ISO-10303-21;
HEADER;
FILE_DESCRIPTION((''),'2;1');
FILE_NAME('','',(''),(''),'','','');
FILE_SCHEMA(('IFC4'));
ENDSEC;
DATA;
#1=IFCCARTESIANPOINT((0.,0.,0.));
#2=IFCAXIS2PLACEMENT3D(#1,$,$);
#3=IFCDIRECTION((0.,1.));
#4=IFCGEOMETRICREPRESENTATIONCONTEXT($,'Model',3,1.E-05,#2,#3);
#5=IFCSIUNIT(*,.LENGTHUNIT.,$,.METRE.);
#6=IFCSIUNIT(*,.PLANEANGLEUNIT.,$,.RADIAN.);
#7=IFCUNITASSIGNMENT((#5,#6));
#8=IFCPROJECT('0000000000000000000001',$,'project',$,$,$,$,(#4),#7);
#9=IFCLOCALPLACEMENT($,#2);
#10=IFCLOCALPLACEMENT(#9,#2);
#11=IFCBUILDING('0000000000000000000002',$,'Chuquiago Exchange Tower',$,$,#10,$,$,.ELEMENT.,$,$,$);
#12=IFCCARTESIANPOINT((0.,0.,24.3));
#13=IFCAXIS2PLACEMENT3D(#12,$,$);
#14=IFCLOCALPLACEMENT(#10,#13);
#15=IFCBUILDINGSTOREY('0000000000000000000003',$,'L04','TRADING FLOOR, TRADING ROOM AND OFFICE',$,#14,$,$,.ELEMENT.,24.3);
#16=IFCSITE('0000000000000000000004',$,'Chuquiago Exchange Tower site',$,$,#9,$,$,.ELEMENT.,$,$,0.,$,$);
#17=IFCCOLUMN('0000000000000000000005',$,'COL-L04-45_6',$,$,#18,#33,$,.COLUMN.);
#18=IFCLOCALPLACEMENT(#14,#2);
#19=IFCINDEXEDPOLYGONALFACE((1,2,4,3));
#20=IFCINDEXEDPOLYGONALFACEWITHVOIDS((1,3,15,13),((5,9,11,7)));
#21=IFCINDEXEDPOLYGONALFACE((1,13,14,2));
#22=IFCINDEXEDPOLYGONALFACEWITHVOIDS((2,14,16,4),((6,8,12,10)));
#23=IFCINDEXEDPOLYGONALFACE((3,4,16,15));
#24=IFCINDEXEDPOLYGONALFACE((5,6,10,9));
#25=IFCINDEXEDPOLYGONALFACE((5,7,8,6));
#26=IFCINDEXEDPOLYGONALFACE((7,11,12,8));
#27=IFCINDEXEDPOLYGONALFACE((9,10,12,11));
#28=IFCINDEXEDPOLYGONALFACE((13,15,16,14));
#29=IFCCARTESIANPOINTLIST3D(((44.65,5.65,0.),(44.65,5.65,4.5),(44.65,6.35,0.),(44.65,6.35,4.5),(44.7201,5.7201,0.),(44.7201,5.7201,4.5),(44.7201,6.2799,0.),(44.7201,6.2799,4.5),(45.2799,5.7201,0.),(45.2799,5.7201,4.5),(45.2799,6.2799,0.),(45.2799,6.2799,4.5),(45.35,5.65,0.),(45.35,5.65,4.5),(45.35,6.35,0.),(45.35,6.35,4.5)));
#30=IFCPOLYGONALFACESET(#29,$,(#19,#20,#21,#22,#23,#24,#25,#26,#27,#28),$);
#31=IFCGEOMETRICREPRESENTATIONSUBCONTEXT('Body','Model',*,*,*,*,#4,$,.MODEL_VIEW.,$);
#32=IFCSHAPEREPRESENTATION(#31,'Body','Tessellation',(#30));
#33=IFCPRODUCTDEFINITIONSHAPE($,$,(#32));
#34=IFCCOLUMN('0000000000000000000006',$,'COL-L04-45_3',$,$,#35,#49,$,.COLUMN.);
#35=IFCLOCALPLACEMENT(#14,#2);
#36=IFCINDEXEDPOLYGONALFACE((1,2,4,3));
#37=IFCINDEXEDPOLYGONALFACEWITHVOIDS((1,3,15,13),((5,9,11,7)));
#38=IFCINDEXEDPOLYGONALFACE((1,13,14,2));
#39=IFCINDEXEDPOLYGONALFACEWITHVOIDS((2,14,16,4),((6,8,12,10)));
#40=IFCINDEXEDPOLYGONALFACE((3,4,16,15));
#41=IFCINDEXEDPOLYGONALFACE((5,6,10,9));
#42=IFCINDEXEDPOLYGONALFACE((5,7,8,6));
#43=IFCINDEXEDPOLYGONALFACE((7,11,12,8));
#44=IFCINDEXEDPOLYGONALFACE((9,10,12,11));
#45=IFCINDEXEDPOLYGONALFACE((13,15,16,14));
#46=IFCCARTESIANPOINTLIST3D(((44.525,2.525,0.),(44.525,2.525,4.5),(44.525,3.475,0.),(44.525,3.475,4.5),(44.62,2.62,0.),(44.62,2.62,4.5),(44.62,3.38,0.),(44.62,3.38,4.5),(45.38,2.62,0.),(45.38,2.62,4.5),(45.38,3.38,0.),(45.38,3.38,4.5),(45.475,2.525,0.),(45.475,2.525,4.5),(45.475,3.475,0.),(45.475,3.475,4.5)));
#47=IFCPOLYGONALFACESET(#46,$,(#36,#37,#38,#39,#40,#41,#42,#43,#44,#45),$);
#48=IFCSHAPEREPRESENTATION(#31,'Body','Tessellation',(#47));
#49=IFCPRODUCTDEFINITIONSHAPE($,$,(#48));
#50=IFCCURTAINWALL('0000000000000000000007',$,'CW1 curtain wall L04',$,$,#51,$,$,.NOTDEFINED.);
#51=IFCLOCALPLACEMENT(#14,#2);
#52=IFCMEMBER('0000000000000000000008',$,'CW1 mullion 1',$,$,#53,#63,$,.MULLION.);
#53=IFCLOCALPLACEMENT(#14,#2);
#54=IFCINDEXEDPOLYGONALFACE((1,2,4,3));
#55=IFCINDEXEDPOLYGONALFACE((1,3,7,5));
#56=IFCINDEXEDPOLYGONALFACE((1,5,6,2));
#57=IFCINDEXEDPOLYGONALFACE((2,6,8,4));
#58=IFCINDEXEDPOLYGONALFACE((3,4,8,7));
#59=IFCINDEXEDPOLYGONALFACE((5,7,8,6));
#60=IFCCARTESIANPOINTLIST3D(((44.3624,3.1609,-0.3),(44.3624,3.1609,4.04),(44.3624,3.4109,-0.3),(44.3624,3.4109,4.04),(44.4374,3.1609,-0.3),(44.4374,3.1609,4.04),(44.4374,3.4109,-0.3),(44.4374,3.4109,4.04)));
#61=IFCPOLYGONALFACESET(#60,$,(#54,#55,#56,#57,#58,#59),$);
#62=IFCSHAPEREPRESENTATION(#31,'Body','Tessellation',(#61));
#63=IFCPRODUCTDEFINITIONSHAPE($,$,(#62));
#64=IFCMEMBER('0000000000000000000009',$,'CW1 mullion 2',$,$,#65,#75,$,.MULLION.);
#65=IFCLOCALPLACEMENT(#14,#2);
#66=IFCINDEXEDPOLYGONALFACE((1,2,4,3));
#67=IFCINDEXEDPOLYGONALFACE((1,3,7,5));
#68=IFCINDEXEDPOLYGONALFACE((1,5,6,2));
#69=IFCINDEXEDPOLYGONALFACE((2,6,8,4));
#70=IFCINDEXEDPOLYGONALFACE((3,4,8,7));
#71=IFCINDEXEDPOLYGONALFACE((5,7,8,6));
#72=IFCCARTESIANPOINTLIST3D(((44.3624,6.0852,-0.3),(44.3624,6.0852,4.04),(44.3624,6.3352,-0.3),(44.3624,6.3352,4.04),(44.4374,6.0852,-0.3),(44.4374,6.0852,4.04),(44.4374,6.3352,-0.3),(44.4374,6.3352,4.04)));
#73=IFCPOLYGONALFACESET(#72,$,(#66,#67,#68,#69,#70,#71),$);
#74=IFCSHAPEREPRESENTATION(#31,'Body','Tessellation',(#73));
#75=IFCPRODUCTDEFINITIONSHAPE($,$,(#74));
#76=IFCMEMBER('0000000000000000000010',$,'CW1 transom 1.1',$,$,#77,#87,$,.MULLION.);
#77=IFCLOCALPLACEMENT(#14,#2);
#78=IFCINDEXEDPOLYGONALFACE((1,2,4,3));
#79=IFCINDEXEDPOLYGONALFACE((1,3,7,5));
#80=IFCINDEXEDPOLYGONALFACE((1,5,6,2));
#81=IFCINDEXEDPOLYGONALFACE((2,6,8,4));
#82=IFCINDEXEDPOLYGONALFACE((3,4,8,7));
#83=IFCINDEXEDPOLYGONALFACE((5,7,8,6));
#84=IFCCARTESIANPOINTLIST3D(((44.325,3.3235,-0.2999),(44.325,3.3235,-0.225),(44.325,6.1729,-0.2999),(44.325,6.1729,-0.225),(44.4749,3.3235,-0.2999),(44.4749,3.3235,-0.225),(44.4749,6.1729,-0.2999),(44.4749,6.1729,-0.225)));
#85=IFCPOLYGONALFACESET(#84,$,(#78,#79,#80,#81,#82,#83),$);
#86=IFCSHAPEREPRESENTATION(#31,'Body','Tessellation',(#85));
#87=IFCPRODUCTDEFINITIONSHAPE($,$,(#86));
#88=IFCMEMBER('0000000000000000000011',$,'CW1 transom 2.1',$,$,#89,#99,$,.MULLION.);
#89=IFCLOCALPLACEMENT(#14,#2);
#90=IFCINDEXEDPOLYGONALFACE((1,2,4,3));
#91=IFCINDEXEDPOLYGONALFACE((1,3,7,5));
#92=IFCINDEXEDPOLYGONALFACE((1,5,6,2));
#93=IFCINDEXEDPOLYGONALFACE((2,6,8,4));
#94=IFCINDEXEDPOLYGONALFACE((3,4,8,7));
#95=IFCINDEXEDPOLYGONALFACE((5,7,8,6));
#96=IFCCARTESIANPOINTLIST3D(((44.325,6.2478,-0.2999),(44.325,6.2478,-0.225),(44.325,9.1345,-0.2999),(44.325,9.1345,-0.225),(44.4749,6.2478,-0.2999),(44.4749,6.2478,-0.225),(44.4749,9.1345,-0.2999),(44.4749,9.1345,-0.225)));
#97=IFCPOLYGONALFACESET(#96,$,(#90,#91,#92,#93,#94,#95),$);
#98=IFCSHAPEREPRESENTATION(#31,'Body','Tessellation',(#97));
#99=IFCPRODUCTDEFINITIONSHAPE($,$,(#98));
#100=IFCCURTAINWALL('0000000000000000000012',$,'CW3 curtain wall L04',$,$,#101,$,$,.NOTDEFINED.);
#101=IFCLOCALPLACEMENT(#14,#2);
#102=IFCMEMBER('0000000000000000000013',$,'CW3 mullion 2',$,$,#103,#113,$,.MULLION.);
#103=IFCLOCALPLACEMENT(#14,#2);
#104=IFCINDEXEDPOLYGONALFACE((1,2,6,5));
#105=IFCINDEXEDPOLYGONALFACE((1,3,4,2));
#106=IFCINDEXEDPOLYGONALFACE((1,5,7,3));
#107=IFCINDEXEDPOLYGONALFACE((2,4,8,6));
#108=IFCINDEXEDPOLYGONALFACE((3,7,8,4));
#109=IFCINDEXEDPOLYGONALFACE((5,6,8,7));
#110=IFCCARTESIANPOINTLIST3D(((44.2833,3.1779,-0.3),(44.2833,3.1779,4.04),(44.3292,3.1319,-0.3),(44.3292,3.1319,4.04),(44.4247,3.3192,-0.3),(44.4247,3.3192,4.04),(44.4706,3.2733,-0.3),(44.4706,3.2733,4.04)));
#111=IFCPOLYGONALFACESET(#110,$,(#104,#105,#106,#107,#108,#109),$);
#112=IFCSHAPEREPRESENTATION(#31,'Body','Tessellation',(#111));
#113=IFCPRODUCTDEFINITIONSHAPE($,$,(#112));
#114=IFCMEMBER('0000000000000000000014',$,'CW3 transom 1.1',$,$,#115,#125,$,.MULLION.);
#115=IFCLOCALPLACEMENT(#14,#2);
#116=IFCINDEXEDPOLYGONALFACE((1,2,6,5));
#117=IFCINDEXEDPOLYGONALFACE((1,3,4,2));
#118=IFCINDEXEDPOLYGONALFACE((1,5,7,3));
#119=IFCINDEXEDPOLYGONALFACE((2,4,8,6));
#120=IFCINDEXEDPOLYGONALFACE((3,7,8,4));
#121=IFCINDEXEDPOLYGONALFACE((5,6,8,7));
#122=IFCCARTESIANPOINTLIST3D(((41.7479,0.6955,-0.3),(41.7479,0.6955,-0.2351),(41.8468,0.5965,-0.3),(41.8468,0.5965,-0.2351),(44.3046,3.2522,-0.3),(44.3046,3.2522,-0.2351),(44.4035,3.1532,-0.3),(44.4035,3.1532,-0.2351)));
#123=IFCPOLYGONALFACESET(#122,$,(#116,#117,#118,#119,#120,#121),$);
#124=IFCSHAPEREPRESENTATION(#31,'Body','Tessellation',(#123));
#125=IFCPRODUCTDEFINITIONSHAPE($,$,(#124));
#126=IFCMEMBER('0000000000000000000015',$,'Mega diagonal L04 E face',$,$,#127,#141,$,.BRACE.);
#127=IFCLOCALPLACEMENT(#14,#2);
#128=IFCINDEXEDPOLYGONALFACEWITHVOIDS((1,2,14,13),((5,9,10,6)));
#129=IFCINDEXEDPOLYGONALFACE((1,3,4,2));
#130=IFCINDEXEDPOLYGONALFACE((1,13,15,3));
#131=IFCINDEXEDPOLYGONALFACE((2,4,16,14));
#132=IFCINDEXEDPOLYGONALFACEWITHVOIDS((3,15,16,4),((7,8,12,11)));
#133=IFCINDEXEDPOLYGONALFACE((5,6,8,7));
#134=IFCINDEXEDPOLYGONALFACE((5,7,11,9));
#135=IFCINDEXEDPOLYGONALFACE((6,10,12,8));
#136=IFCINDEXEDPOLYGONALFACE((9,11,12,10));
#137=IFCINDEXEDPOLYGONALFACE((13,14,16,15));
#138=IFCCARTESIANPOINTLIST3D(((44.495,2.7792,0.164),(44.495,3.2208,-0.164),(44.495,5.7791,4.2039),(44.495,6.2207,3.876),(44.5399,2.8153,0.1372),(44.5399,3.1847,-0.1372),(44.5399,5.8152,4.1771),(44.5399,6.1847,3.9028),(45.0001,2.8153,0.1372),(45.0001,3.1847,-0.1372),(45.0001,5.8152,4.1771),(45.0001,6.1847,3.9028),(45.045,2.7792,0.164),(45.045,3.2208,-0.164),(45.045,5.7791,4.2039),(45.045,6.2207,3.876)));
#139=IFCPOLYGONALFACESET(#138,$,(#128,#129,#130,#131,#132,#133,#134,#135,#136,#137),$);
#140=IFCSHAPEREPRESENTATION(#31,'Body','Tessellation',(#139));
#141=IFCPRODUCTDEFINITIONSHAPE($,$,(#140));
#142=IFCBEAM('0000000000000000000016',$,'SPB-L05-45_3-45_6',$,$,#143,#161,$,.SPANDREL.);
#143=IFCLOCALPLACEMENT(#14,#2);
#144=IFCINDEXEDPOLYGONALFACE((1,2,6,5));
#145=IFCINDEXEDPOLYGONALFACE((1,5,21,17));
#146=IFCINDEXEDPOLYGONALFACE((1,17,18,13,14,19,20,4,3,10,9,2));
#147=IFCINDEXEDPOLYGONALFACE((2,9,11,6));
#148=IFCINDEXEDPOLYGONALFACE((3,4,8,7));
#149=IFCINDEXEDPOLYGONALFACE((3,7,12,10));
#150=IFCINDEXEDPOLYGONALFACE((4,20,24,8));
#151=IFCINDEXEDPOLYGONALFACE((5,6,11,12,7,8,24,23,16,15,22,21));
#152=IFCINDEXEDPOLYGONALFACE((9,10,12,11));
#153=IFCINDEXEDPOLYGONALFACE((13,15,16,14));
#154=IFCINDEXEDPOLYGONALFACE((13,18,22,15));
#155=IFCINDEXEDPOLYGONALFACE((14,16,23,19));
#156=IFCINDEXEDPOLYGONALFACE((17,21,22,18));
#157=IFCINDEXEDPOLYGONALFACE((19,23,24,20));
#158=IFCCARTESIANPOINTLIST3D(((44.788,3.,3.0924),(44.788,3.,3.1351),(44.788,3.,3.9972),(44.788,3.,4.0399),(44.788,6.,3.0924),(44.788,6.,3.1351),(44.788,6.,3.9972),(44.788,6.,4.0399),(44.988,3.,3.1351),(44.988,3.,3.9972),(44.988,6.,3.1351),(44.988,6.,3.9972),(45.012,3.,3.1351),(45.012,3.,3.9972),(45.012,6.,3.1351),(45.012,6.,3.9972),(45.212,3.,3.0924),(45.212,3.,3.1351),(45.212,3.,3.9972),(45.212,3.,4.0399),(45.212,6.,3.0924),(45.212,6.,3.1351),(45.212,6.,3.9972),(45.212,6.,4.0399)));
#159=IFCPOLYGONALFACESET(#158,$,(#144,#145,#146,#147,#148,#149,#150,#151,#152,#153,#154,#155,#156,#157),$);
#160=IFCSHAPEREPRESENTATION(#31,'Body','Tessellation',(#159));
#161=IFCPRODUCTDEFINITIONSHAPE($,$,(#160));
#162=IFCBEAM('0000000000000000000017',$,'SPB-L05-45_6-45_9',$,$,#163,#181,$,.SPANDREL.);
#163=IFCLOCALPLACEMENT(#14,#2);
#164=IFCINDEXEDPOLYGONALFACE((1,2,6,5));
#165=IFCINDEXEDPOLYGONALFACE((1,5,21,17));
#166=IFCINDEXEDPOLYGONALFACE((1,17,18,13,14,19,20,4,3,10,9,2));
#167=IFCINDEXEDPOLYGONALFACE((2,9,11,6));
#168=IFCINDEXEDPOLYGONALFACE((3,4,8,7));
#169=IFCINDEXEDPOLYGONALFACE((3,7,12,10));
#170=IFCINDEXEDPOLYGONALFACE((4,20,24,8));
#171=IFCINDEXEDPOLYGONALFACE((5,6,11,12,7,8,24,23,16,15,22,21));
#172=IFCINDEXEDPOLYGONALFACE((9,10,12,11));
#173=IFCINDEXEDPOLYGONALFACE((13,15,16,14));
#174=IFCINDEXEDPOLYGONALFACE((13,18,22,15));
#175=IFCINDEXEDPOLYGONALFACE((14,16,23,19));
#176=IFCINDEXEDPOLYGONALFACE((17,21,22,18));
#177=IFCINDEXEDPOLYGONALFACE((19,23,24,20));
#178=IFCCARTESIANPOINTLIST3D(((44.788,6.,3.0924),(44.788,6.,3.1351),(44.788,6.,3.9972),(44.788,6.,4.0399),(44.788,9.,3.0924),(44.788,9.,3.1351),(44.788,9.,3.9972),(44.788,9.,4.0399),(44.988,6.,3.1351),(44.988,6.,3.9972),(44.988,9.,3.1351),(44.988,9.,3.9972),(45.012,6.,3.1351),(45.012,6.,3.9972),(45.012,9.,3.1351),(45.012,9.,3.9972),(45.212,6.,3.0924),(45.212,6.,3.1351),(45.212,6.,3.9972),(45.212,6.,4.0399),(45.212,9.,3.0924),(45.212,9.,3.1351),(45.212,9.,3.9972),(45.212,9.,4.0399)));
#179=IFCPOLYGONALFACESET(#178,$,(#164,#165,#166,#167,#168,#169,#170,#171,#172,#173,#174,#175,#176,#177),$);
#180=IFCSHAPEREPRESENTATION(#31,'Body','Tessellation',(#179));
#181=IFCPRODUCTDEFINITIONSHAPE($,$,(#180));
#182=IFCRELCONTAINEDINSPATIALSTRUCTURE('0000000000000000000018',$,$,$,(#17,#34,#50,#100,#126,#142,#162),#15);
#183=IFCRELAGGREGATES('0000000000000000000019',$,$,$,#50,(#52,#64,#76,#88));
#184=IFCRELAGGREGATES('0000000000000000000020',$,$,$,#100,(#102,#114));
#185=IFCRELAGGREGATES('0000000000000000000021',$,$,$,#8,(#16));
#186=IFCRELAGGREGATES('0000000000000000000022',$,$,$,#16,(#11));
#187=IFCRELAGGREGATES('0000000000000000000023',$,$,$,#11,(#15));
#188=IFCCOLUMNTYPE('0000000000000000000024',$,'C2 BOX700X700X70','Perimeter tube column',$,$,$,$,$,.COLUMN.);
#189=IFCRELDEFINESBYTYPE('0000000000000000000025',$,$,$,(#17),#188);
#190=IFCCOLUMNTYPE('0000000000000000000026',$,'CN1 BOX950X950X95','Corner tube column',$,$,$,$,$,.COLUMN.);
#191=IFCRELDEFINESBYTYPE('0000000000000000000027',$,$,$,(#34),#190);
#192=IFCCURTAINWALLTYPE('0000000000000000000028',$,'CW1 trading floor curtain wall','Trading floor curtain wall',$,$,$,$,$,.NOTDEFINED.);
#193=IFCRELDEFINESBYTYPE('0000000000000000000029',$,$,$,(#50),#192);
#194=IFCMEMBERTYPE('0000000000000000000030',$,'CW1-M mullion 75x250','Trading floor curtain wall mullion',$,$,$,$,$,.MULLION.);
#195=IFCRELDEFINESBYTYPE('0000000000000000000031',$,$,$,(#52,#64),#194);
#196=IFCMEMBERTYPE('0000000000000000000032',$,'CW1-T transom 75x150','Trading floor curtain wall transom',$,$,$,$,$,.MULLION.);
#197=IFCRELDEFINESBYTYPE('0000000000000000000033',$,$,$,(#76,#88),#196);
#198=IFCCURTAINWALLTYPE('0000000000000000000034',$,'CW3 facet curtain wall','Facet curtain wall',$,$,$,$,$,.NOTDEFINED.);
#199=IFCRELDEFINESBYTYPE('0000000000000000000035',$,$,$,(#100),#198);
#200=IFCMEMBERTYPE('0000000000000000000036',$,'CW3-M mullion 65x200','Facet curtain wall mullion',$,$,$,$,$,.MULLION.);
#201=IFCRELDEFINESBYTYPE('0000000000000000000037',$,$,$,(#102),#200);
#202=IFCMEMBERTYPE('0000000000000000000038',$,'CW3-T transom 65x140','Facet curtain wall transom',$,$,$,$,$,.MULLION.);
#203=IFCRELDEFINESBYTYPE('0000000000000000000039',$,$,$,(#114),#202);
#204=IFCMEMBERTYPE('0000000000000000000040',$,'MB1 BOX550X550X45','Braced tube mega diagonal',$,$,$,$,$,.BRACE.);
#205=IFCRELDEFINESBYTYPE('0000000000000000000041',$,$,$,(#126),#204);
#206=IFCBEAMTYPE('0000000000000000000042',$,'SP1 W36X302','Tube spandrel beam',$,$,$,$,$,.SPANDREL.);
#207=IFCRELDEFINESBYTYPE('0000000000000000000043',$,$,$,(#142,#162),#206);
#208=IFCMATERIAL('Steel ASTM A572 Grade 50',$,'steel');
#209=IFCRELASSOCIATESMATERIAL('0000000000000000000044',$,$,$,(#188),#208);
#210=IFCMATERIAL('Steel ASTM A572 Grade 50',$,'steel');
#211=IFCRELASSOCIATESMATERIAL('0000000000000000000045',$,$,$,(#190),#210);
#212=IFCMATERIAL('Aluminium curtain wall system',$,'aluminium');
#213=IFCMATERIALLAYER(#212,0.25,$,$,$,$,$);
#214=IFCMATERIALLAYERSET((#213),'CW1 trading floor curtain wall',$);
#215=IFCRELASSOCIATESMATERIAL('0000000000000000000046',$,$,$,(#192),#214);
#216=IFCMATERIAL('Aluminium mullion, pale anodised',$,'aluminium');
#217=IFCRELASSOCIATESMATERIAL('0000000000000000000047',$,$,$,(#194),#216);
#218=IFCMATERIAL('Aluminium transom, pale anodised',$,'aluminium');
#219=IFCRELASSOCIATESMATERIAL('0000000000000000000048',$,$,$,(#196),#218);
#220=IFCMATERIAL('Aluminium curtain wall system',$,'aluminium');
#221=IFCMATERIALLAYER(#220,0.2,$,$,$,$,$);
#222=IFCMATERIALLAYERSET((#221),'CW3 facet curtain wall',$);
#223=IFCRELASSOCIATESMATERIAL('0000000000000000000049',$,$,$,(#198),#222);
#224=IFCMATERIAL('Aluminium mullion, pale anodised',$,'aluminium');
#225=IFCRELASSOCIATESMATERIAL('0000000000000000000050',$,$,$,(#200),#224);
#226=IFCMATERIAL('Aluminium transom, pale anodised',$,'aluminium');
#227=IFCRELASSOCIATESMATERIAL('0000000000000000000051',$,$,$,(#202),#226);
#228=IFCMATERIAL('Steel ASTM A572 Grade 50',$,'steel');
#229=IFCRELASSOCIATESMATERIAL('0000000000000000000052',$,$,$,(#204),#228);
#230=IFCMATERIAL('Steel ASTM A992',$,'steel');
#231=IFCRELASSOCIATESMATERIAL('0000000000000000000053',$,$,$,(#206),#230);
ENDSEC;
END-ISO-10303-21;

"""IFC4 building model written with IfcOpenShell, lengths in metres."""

from ifc_helpers import new_model, si_unit, direction, frame, origin, origin_2d, place, context, subcontext, project, spatial, rectangle, hollow_rectangle, i_section, extrude, material, layer, layer_set, material_profile, profile_set, type_object, element, aggregate, save


model = new_model("IFC4")

# Units and contexts
model_context = context("Model", 3, precision=1e-05, world=origin(), true_north=direction((0.0, 1.0)))
body_context = subcontext(model_context, "Body", "Model", "MODEL_VIEW")
ifc_project = project(units=[si_unit("LENGTHUNIT", "METRE"), si_unit("PLANEANGLEUNIT", "RADIAN")], contexts=[model_context])

# Site, building, storey
site_placement = place(None, origin())
site = spatial("IfcSite", under=ifc_project, at=site_placement, Name="Chuquiago Exchange Tower site", CompositionType="ELEMENT", RefElevation=0.0)
building_placement = place(site_placement, origin())
building = spatial("IfcBuilding", under=site, at=building_placement, Name="Chuquiago Exchange Tower", CompositionType="ELEMENT")
storey_placement = place(building_placement, frame((0.0, 0.0, 24.3)))
storey = spatial("IfcBuildingStorey", under=building, at=storey_placement, Name="L04", Description="TRADING FLOOR, TRADING ROOM AND OFFICE", CompositionType="ELEMENT", Elevation=24.3)

# Columns
ifc_material_1 = material(Name="Steel ASTM A572 Grade 50", Category="steel")
ifc_material_profile_1 = material_profile(ifc_material_1, hollow_rectangle(XDim=0.7, YDim=0.7, WallThickness=0.0701, at=origin_2d()), Name="BOX700X700X70")
ifc_profile_set_1 = profile_set([ifc_material_profile_1], Name="Steel ASTM A572 Grade 50")
column_type_1 = type_object("IfcColumnType", Name="C2 BOX700X700X70", Description="Perimeter tube column", PredefinedType="COLUMN", material=ifc_profile_set_1)
column_1_placement = place(storey_placement, frame((45.0, 6.0, 0.0), z_axis=(0.0, 0.0, 1.0), x_axis=(1.0, 0.0, 0.0)))
element("IfcColumn", 1, at=column_1_placement, inside=storey, type_object=column_type_1, Name="COL-L04-45_6", PredefinedType="COLUMN", context=body_context, shape_type="SweptSolid", body=[
    extrude(hollow_rectangle(XDim=0.7, YDim=0.7, WallThickness=0.0701, at=origin_2d()), origin(), (0.0, 0.0, 1.0), 4.5),
])
ifc_material_2 = material(Name="Steel ASTM A572 Grade 50", Category="steel")
ifc_material_profile_2 = material_profile(ifc_material_2, hollow_rectangle(XDim=0.95, YDim=0.95, WallThickness=0.095, at=origin_2d()), Name="BOX950X950X95")
ifc_profile_set_2 = profile_set([ifc_material_profile_2], Name="Steel ASTM A572 Grade 50")
column_type_2 = type_object("IfcColumnType", Name="CN1 BOX950X950X95", Description="Corner tube column", PredefinedType="COLUMN", material=ifc_profile_set_2)
column_2_placement = place(storey_placement, frame((45.0, 3.0, 0.0), z_axis=(0.0, 0.0, 1.0), x_axis=(1.0, 0.0, 0.0)))
element("IfcColumn", 2, at=column_2_placement, inside=storey, type_object=column_type_2, Name="COL-L04-45_3", PredefinedType="COLUMN", context=body_context, shape_type="SweptSolid", body=[
    extrude(hollow_rectangle(XDim=0.95, YDim=0.95, WallThickness=0.095, at=origin_2d()), origin(), (0.0, 0.0, 1.0), 4.5),
])

# Curtain walls, members
ifc_material_3 = material(Name="Aluminium curtain wall system", Category="aluminium")
ifc_layer_1 = layer(ifc_material_3, 0.25)
ifc_layer_set_1 = layer_set([ifc_layer_1], Name="CW1 trading floor curtain wall")
curtain_wall_type_1 = type_object("IfcCurtainWallType", Name="CW1 trading floor curtain wall", Description="Trading floor curtain wall", PredefinedType="NOTDEFINED", material=ifc_layer_set_1)
curtain_wall_1_placement = place(storey_placement, origin())
curtain_wall_1 = element("IfcCurtainWall", 3, at=curtain_wall_1_placement, inside=storey, type_object=curtain_wall_type_1, Name="CW1 curtain wall L04", PredefinedType="NOTDEFINED")
ifc_material_4 = material(Name="Aluminium mullion, pale anodised", Category="aluminium")
ifc_material_profile_3 = material_profile(ifc_material_4, rectangle(XDim=0.075, YDim=0.25, at=origin_2d()), Name="AL 75x250")
ifc_profile_set_3 = profile_set([ifc_material_profile_3], Name="Aluminium mullion, pale anodised")
member_type_1 = type_object("IfcMemberType", Name="CW1-M mullion 75x250", Description="Trading floor curtain wall mullion", PredefinedType="MULLION", material=ifc_profile_set_3)
member_1_placement = place(storey_placement, frame((44.3999, 3.2859, -0.3), z_axis=(0.0, 0.0, 1.0), x_axis=(-1.0, 0.0, 0.0)))
member_1 = element("IfcMember", 4, at=member_1_placement, type_object=member_type_1, Name="CW1 mullion 1", PredefinedType="MULLION", context=body_context, shape_type="SweptSolid", body=[
    extrude(rectangle(XDim=0.075, YDim=0.25, at=origin_2d()), origin(), (0.0, 0.0, 1.0), 4.3401),
])
member_2_placement = place(storey_placement, frame((44.3999, 6.2102, -0.3), z_axis=(0.0, 0.0, 1.0), x_axis=(-1.0, 0.0, 0.0)))
member_2 = element("IfcMember", 5, at=member_2_placement, type_object=member_type_1, Name="CW1 mullion 2", PredefinedType="MULLION", context=body_context, shape_type="SweptSolid", body=[
    extrude(rectangle(XDim=0.075, YDim=0.25, at=origin_2d()), origin(), (0.0, 0.0, 1.0), 4.3401),
])
ifc_material_5 = material(Name="Aluminium transom, pale anodised", Category="aluminium")
ifc_material_profile_4 = material_profile(ifc_material_5, rectangle(XDim=0.1499, YDim=0.075, at=origin_2d()), Name="AL 150x75")
ifc_profile_set_4 = profile_set([ifc_material_profile_4], Name="Aluminium transom, pale anodised")
member_type_2 = type_object("IfcMemberType", Name="CW1-T transom 75x150", Description="Trading floor curtain wall transom", PredefinedType="MULLION", material=ifc_profile_set_4)
member_3_placement = place(storey_placement, frame((44.3999, 3.3235, -0.2625), z_axis=(0.0, 1.0, 0.0), x_axis=(-1.0, 0.0, 0.0)))
member_3 = element("IfcMember", 6, at=member_3_placement, type_object=member_type_2, Name="CW1 transom 1.1", PredefinedType="MULLION", context=body_context, shape_type="SweptSolid", body=[
    extrude(rectangle(XDim=0.1499, YDim=0.075, at=origin_2d()), origin(), (0.0, 0.0, 1.0), 2.8494),
])
member_4_placement = place(storey_placement, frame((44.3999, 6.2478, -0.2625), z_axis=(0.0, 1.0, 0.0), x_axis=(-1.0, 0.0, 0.0)))
member_4 = element("IfcMember", 7, at=member_4_placement, type_object=member_type_2, Name="CW1 transom 2.1", PredefinedType="MULLION", context=body_context, shape_type="SweptSolid", body=[
    extrude(rectangle(XDim=0.1499, YDim=0.075, at=origin_2d()), origin(), (0.0, 0.0, 1.0), 2.8867),
])
ifc_material_6 = material(Name="Aluminium curtain wall system", Category="aluminium")
ifc_layer_2 = layer(ifc_material_6, 0.2)
ifc_layer_set_2 = layer_set([ifc_layer_2], Name="CW3 facet curtain wall")
curtain_wall_type_2 = type_object("IfcCurtainWallType", Name="CW3 facet curtain wall", Description="Facet curtain wall", PredefinedType="NOTDEFINED", material=ifc_layer_set_2)
curtain_wall_2_placement = place(storey_placement, origin())
curtain_wall_2 = element("IfcCurtainWall", 8, at=curtain_wall_2_placement, inside=storey, type_object=curtain_wall_type_2, Name="CW3 curtain wall L04", PredefinedType="NOTDEFINED")
ifc_material_7 = material(Name="Aluminium mullion, pale anodised", Category="aluminium")
ifc_material_profile_5 = material_profile(ifc_material_7, rectangle(XDim=0.0649, YDim=0.2, at=origin_2d()), Name="AL 65x200")
ifc_profile_set_5 = profile_set([ifc_material_profile_5], Name="Aluminium mullion, pale anodised")
member_type_3 = type_object("IfcMemberType", Name="CW3-M mullion 65x200", Description="Facet curtain wall mullion", PredefinedType="MULLION", material=ifc_profile_set_5)
member_5_placement = place(storey_placement, frame((44.377, 3.2256, -0.3), z_axis=(0.0, 0.0, 1.0), x_axis=(-0.707107, 0.707107, 0.0)))
member_5 = element("IfcMember", 9, at=member_5_placement, type_object=member_type_3, Name="CW3 mullion 2", PredefinedType="MULLION", context=body_context, shape_type="SweptSolid", body=[
    extrude(rectangle(XDim=0.0649, YDim=0.2, at=origin_2d()), origin(), (0.0, 0.0, 1.0), 4.3401),
])
ifc_material_8 = material(Name="Aluminium transom, pale anodised", Category="aluminium")
ifc_material_profile_6 = material_profile(ifc_material_8, rectangle(XDim=0.1399, YDim=0.0649, at=origin_2d()), Name="AL 140x65")
ifc_profile_set_6 = profile_set([ifc_material_profile_6], Name="Aluminium transom, pale anodised")
member_type_4 = type_object("IfcMemberType", Name="CW3-T transom 65x140", Description="Facet curtain wall transom", PredefinedType="MULLION", material=ifc_profile_set_6)
member_6_placement = place(storey_placement, frame((41.7974, 0.646, -0.2676), z_axis=(0.707107, 0.707107, 0.0), x_axis=(-0.707107, 0.707107, 0.0)))
member_6 = element("IfcMember", 10, at=member_6_placement, type_object=member_type_4, Name="CW3 transom 1.1", PredefinedType="MULLION", context=body_context, shape_type="SweptSolid", body=[
    extrude(rectangle(XDim=0.1399, YDim=0.0649, at=origin_2d()), origin(), (0.0, 0.0, 1.0), 3.6157),
])

# Member
ifc_material_9 = material(Name="Steel ASTM A572 Grade 50", Category="steel")
ifc_material_profile_7 = material_profile(ifc_material_9, hollow_rectangle(XDim=0.55, YDim=0.55, WallThickness=0.0449, at=origin_2d()), Name="BOX550X550X45")
ifc_profile_set_7 = profile_set([ifc_material_profile_7], Name="Steel ASTM A572 Grade 50")
member_type_5 = type_object("IfcMemberType", Name="MB1 BOX550X550X45", Description="Braced tube mega diagonal", PredefinedType="BRACE", material=ifc_profile_set_7)
member_7_placement = place(storey_placement, frame((44.77, 3.0, 0.0), z_axis=(0.0, 0.596174, 0.802855), x_axis=(-1.0, 0.0, 0.0)))
element("IfcMember", 11, at=member_7_placement, inside=storey, type_object=member_type_5, Name="Mega diagonal L04 E face", PredefinedType="BRACE", context=body_context, shape_type="SweptSolid", body=[
    extrude(hollow_rectangle(XDim=0.55, YDim=0.55, WallThickness=0.0449, at=origin_2d()), origin(), (0.0, 0.0, 1.0), 5.032),
])

# Beams
ifc_material_10 = material(Name="Steel ASTM A992", Category="steel")
ifc_material_profile_8 = material_profile(ifc_material_10, i_section(OverallWidth=0.4241, OverallDepth=0.9475, WebThickness=0.0239, FlangeThickness=0.0427, at=origin_2d()), Name="W36X302")
ifc_profile_set_8 = profile_set([ifc_material_profile_8], Name="Steel ASTM A992")
beam_type = type_object("IfcBeamType", Name="SP1 W36X302", Description="Tube spandrel beam", PredefinedType="SPANDREL", material=ifc_profile_set_8)
for number, where, z_axis, x_axis, name in (
    (12, (45.0, 3.0, 3.5662), (0.0, 1.0, 0.0), (-1.0, 0.0, 0.0), "SPB-L05-45_3-45_6"),
    (13, (45.0, 6.0, 3.5662), (0.0, 1.0, 0.0), (-1.0, 0.0, 0.0), "SPB-L05-45_6-45_9"),
):
    element("IfcBeam", number, at=place(storey_placement, frame(where, z_axis=z_axis, x_axis=x_axis)), inside=storey, type_object=beam_type, Name=name, PredefinedType="SPANDREL", context=body_context, shape_type="SweptSolid", body=[
        extrude(i_section(OverallWidth=0.4241, OverallDepth=0.9475, WebThickness=0.0239, FlangeThickness=0.0427, at=origin_2d()), origin(), (0.0, 0.0, 1.0), 3.0),
    ])

aggregate(curtain_wall_1, [member_1, member_2, member_3, member_4])
aggregate(curtain_wall_2, [member_5, member_6])

save(model, "model.ifc")
